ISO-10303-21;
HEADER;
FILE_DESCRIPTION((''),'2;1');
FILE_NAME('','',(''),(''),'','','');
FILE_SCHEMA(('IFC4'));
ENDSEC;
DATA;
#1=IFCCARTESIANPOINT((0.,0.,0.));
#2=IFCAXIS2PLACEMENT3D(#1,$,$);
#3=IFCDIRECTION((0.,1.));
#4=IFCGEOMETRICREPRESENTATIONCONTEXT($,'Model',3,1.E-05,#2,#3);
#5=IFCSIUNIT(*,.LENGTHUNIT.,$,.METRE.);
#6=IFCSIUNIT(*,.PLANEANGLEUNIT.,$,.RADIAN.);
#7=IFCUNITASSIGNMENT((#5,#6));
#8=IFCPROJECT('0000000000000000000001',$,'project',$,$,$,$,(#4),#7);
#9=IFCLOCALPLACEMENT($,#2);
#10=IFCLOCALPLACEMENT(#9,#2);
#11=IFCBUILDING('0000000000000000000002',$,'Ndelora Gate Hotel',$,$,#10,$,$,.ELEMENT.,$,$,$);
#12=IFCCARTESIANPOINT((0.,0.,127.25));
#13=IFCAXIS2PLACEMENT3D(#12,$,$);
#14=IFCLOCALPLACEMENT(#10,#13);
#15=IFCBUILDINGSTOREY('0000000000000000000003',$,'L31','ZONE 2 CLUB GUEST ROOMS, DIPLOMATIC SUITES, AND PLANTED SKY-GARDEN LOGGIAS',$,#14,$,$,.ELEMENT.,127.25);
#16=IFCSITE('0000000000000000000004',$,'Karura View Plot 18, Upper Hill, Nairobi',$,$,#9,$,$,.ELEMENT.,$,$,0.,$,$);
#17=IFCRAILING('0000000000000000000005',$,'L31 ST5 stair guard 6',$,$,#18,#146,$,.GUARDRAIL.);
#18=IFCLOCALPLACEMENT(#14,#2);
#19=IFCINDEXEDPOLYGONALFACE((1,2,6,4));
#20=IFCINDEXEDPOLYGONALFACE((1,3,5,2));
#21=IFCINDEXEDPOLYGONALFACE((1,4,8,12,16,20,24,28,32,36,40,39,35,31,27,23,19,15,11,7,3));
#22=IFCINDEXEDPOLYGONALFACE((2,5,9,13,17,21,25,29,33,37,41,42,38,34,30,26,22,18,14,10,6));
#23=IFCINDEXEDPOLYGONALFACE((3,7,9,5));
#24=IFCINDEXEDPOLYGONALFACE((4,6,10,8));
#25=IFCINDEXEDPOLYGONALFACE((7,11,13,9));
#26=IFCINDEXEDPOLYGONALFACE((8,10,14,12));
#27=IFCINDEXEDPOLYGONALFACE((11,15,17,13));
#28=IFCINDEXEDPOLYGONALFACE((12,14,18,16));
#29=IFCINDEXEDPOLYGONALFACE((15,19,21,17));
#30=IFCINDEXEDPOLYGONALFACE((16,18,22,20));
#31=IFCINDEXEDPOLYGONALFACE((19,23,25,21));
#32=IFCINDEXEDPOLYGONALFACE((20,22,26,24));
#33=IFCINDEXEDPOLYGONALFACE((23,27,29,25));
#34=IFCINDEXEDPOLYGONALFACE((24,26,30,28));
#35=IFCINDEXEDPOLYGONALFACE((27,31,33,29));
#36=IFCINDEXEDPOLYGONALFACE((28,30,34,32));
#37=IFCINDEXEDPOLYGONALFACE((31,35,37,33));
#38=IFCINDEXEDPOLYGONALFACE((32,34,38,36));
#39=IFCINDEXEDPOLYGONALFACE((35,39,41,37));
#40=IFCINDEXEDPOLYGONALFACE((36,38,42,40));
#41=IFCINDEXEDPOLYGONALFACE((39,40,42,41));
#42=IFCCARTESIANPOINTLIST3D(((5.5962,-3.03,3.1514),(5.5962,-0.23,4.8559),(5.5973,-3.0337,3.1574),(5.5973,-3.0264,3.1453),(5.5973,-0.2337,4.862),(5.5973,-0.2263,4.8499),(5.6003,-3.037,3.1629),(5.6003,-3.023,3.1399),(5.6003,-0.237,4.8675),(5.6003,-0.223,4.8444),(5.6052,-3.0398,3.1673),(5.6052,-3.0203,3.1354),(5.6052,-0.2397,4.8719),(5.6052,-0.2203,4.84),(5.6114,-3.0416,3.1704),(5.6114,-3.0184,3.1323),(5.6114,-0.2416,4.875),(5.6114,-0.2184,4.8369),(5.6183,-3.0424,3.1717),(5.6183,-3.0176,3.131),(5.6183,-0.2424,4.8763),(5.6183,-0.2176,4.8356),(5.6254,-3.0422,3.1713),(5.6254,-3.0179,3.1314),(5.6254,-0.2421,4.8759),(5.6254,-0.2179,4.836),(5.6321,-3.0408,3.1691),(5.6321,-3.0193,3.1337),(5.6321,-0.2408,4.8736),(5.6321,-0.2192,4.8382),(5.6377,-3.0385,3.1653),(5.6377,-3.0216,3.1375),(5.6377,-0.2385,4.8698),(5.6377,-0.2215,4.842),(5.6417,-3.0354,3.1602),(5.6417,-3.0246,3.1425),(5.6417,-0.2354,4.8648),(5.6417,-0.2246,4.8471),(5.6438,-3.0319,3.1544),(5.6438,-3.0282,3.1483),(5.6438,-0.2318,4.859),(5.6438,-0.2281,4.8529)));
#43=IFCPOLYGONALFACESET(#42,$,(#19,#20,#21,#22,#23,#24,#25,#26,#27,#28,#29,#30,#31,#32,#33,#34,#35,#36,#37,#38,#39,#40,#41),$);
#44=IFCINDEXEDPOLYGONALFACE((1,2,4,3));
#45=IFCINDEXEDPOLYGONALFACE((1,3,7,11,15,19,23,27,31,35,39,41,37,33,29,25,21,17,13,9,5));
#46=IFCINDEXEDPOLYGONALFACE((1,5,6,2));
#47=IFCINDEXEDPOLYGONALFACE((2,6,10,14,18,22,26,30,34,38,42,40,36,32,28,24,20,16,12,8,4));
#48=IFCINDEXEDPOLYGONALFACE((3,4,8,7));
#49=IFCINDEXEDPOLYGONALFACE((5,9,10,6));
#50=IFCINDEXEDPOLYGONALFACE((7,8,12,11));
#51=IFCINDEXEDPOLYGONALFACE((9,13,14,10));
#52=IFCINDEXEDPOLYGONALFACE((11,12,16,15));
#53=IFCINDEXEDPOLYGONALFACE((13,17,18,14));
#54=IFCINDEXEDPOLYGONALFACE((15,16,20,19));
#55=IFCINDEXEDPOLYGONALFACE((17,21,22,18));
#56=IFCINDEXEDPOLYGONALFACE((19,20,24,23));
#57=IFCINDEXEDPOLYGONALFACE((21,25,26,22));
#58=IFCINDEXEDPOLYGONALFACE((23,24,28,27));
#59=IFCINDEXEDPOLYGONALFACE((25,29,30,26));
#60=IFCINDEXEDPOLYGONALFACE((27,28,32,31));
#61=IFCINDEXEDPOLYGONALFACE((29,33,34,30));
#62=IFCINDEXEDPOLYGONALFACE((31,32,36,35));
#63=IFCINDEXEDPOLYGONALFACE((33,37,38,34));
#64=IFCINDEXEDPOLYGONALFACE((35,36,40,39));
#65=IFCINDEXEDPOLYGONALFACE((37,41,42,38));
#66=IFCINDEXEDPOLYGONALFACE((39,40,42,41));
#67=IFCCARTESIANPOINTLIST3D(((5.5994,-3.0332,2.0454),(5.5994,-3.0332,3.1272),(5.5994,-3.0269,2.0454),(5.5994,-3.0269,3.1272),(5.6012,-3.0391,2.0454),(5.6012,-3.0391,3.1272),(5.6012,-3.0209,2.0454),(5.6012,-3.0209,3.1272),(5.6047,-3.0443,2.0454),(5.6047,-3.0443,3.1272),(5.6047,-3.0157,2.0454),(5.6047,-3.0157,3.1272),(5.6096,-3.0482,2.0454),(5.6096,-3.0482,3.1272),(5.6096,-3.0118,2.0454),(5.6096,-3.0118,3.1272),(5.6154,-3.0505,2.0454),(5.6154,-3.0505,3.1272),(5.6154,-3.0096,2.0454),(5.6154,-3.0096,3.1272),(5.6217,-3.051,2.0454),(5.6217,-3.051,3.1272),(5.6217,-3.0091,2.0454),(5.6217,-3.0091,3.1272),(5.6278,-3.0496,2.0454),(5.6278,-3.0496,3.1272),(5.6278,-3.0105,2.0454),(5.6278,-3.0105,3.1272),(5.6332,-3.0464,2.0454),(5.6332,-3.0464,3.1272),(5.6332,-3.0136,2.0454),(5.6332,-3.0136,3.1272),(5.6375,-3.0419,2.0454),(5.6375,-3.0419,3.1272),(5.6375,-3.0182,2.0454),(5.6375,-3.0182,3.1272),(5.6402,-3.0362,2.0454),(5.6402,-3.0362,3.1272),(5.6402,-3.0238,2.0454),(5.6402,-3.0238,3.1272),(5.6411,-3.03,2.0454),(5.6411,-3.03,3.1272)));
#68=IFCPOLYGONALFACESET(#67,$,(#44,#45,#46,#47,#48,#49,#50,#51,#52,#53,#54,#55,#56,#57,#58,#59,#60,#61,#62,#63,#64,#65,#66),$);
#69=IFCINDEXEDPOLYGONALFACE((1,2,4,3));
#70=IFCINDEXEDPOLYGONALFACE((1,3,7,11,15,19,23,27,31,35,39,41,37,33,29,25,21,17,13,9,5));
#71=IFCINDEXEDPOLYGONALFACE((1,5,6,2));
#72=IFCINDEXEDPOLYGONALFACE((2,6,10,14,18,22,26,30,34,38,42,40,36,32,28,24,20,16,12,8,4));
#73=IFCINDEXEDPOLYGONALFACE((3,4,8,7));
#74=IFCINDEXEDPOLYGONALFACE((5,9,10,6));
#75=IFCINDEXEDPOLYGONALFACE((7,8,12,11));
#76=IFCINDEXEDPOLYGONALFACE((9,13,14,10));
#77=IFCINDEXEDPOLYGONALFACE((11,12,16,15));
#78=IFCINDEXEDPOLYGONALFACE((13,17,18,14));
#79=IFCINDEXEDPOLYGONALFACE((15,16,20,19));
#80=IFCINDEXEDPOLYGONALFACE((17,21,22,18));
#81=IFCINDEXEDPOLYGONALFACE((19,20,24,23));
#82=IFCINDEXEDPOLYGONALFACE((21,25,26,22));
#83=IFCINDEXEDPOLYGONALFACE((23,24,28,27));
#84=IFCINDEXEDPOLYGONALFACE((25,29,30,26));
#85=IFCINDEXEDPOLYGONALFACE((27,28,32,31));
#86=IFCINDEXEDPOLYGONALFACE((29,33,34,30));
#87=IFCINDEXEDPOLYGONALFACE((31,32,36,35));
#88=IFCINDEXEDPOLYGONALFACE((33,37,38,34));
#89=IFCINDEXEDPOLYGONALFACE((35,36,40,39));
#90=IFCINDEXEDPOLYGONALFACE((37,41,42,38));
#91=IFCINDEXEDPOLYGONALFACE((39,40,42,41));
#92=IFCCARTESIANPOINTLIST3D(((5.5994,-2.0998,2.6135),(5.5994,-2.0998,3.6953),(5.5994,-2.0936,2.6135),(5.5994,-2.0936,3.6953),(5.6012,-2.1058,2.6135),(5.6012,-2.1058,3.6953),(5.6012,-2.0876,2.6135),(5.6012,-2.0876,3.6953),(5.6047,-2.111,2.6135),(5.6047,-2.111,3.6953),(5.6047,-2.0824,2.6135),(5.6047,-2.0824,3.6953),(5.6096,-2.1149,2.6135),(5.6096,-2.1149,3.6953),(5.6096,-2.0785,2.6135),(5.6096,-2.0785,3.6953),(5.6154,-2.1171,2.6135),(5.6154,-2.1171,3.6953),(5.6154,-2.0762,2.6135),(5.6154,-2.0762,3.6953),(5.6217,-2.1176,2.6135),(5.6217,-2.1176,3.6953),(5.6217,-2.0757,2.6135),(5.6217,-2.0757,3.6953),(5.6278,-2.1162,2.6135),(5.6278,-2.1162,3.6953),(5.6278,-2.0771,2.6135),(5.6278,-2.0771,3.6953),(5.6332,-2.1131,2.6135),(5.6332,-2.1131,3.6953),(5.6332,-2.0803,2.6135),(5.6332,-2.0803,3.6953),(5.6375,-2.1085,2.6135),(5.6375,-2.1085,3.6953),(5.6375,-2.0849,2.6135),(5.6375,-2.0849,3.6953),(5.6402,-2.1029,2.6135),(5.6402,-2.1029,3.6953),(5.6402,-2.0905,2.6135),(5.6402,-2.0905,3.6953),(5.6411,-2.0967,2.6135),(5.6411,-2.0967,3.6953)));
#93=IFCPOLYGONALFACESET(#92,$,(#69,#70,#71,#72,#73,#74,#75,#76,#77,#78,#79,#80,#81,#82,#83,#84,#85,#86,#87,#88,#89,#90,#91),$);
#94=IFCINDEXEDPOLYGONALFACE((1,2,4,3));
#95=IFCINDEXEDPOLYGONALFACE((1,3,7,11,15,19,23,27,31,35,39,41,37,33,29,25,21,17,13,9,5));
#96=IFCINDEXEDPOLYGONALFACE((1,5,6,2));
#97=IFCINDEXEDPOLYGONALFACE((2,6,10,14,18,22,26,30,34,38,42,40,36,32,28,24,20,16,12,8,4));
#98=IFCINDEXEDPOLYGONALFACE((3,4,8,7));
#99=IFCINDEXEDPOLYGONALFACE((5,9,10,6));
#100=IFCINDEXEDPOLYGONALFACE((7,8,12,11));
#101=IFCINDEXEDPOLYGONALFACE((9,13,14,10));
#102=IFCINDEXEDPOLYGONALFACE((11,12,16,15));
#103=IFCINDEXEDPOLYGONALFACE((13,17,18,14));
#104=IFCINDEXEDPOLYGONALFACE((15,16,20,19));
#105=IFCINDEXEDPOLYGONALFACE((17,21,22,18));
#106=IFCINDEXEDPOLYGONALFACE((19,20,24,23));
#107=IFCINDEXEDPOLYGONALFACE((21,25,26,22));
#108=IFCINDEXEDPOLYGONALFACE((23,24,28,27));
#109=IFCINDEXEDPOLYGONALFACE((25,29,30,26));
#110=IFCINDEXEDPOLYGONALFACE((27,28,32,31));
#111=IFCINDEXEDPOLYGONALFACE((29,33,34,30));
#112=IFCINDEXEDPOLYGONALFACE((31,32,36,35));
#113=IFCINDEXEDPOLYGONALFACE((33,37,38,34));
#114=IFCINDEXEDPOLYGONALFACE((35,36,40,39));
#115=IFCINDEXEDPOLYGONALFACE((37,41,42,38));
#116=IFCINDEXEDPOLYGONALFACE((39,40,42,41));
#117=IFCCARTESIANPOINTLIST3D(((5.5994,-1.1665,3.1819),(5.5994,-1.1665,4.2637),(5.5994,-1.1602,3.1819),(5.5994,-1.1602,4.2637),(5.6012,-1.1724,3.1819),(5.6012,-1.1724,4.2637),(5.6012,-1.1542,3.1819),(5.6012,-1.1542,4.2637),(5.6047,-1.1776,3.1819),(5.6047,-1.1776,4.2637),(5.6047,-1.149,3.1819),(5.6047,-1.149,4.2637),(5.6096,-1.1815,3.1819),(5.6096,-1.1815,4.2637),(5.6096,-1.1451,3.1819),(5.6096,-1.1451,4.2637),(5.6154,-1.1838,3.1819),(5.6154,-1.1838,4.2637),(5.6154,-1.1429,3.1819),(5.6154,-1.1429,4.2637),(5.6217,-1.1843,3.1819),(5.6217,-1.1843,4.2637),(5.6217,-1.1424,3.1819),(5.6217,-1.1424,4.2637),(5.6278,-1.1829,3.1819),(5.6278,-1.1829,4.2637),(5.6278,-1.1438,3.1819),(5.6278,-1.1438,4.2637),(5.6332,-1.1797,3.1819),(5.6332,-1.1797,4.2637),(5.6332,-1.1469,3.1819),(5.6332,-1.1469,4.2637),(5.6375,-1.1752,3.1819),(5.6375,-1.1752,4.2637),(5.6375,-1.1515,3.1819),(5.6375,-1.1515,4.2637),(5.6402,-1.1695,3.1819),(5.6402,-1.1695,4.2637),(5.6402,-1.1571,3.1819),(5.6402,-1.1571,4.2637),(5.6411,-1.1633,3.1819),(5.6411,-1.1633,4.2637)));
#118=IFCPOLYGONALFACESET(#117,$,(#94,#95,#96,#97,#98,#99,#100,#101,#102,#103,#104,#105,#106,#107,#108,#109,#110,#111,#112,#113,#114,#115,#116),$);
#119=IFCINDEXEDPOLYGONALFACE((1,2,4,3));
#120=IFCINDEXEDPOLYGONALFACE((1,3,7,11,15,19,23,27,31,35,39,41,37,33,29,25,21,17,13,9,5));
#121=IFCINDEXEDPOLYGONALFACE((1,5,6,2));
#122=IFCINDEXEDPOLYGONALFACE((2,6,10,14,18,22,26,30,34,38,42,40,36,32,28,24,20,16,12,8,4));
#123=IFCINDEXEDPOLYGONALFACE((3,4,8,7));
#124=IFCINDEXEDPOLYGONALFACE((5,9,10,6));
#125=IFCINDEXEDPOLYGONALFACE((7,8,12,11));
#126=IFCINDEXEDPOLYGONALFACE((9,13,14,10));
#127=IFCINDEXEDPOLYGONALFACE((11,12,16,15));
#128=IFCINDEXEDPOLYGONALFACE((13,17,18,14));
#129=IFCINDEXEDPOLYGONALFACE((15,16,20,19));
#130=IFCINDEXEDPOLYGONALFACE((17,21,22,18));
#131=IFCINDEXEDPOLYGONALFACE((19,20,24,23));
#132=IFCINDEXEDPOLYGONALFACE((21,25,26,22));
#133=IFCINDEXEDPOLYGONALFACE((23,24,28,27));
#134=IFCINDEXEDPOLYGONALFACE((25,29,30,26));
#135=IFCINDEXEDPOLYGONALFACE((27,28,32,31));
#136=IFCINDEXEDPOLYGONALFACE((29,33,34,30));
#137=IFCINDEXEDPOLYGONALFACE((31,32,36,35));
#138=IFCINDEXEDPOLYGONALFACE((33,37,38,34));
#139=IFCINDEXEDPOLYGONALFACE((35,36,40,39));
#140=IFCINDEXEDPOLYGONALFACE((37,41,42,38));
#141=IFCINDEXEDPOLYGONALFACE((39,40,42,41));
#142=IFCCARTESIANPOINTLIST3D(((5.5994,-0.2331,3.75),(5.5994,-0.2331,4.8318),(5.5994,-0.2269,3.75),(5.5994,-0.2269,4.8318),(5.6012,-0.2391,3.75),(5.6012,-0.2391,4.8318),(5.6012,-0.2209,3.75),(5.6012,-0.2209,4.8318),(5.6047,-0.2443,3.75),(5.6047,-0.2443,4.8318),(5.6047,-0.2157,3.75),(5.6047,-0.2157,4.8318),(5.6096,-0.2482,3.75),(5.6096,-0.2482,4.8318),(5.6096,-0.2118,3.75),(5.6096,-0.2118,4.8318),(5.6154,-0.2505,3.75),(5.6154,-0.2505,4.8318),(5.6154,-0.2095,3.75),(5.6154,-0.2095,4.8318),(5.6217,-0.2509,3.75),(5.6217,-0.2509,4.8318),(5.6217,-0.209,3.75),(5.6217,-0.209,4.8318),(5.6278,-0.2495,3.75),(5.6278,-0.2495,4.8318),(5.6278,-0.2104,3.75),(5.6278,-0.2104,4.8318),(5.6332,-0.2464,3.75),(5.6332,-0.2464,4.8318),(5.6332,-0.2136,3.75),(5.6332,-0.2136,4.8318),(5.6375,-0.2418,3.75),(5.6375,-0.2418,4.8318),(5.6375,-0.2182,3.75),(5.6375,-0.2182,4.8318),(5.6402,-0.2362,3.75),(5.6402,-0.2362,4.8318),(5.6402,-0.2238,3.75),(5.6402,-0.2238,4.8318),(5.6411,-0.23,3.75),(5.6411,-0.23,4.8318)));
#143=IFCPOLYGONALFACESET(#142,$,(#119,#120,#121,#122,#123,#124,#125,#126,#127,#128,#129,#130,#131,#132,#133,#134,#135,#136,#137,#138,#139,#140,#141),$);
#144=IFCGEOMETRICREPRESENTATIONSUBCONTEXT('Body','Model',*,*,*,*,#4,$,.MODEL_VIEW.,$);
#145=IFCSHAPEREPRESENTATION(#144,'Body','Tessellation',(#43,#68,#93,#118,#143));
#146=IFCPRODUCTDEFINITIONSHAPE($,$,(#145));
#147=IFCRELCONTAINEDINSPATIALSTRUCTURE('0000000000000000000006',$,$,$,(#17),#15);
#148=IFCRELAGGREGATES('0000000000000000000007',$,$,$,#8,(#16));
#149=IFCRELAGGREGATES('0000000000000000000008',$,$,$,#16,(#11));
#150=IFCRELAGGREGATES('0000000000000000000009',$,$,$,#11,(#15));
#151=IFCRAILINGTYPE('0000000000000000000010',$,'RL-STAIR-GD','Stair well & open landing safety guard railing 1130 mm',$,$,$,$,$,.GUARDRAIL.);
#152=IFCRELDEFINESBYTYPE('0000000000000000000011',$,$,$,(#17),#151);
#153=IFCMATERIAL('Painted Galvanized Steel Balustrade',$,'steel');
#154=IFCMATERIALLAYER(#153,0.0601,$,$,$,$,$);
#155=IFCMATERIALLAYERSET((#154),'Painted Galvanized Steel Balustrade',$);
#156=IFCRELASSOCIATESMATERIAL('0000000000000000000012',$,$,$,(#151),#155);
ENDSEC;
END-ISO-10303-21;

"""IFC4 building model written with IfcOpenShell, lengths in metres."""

from ifc_helpers import new_model, si_unit, direction, frame, origin, origin_2d, place, context, subcontext, project, spatial, circle, extrude, material, layer, layer_set, type_object, element, save


model = new_model("IFC4")

# Units and contexts
model_context = context("Model", 3, precision=1e-05, world=origin(), true_north=direction((0.0, 1.0)))
body_context = subcontext(model_context, "Body", "Model", "MODEL_VIEW")
ifc_project = project(units=[si_unit("LENGTHUNIT", "METRE"), si_unit("PLANEANGLEUNIT", "RADIAN")], contexts=[model_context])

# Site, building, storey
site_placement = place(None, origin())
site = spatial("IfcSite", under=ifc_project, at=site_placement, Name="Karura View Plot 18, Upper Hill, Nairobi", CompositionType="ELEMENT", RefElevation=0.0)
building_placement = place(site_placement, origin())
building = spatial("IfcBuilding", under=site, at=building_placement, Name="Ndelora Gate Hotel", CompositionType="ELEMENT")
storey_placement = place(building_placement, frame((0.0, 0.0, 127.25)))
storey = spatial("IfcBuildingStorey", under=building, at=storey_placement, Name="L31", Description="ZONE 2 CLUB GUEST ROOMS, DIPLOMATIC SUITES, AND PLANTED SKY-GARDEN LOGGIAS", CompositionType="ELEMENT", Elevation=127.25)

# Railing
ifc_material_1 = material(Name="Painted Galvanized Steel Balustrade", Category="steel")
ifc_layer_1 = layer(ifc_material_1, 0.0601)
ifc_layer_set_1 = layer_set([ifc_layer_1], Name="Painted Galvanized Steel Balustrade")
railing_type_1 = type_object("IfcRailingType", Name="RL-STAIR-GD", Description="Stair well & open landing safety guard railing 1130 mm", PredefinedType="GUARDRAIL", material=ifc_layer_set_1)
railing_1_placement = place(storey_placement, frame((5.6201, -3.03, 2.0454)))
element("IfcRailing", 1, at=railing_1_placement, inside=storey, type_object=railing_type_1, Name="L31 ST5 stair guard 6", PredefinedType="GUARDRAIL", context=body_context, shape_type="SweptSolid", body=[
    extrude(circle(Radius=0.0239, at=origin_2d()), frame((0.0, 0.0, 1.106), z_axis=(0.0, 0.85417, 0.519994), x_axis=(-1.0, 0.0, 0.0)), (0.0, 0.0, 1.0), 3.2781),
    extrude(circle(Radius=0.021, at=origin_2d()), origin(), (0.0, 0.0, 1.0), 1.0818),
    extrude(circle(Radius=0.021, at=origin_2d()), frame((0.0, 0.9333, 0.5681)), (0.0, 0.0, 1.0), 1.0818),
    extrude(circle(Radius=0.021, at=origin_2d()), frame((0.0, 1.8667, 1.1365)), (0.0, 0.0, 1.0), 1.0818),
    extrude(circle(Radius=0.021, at=origin_2d()), frame((0.0, 2.8, 1.7046)), (0.0, 0.0, 1.0), 1.0818),
])

save(model, "model.ifc")
